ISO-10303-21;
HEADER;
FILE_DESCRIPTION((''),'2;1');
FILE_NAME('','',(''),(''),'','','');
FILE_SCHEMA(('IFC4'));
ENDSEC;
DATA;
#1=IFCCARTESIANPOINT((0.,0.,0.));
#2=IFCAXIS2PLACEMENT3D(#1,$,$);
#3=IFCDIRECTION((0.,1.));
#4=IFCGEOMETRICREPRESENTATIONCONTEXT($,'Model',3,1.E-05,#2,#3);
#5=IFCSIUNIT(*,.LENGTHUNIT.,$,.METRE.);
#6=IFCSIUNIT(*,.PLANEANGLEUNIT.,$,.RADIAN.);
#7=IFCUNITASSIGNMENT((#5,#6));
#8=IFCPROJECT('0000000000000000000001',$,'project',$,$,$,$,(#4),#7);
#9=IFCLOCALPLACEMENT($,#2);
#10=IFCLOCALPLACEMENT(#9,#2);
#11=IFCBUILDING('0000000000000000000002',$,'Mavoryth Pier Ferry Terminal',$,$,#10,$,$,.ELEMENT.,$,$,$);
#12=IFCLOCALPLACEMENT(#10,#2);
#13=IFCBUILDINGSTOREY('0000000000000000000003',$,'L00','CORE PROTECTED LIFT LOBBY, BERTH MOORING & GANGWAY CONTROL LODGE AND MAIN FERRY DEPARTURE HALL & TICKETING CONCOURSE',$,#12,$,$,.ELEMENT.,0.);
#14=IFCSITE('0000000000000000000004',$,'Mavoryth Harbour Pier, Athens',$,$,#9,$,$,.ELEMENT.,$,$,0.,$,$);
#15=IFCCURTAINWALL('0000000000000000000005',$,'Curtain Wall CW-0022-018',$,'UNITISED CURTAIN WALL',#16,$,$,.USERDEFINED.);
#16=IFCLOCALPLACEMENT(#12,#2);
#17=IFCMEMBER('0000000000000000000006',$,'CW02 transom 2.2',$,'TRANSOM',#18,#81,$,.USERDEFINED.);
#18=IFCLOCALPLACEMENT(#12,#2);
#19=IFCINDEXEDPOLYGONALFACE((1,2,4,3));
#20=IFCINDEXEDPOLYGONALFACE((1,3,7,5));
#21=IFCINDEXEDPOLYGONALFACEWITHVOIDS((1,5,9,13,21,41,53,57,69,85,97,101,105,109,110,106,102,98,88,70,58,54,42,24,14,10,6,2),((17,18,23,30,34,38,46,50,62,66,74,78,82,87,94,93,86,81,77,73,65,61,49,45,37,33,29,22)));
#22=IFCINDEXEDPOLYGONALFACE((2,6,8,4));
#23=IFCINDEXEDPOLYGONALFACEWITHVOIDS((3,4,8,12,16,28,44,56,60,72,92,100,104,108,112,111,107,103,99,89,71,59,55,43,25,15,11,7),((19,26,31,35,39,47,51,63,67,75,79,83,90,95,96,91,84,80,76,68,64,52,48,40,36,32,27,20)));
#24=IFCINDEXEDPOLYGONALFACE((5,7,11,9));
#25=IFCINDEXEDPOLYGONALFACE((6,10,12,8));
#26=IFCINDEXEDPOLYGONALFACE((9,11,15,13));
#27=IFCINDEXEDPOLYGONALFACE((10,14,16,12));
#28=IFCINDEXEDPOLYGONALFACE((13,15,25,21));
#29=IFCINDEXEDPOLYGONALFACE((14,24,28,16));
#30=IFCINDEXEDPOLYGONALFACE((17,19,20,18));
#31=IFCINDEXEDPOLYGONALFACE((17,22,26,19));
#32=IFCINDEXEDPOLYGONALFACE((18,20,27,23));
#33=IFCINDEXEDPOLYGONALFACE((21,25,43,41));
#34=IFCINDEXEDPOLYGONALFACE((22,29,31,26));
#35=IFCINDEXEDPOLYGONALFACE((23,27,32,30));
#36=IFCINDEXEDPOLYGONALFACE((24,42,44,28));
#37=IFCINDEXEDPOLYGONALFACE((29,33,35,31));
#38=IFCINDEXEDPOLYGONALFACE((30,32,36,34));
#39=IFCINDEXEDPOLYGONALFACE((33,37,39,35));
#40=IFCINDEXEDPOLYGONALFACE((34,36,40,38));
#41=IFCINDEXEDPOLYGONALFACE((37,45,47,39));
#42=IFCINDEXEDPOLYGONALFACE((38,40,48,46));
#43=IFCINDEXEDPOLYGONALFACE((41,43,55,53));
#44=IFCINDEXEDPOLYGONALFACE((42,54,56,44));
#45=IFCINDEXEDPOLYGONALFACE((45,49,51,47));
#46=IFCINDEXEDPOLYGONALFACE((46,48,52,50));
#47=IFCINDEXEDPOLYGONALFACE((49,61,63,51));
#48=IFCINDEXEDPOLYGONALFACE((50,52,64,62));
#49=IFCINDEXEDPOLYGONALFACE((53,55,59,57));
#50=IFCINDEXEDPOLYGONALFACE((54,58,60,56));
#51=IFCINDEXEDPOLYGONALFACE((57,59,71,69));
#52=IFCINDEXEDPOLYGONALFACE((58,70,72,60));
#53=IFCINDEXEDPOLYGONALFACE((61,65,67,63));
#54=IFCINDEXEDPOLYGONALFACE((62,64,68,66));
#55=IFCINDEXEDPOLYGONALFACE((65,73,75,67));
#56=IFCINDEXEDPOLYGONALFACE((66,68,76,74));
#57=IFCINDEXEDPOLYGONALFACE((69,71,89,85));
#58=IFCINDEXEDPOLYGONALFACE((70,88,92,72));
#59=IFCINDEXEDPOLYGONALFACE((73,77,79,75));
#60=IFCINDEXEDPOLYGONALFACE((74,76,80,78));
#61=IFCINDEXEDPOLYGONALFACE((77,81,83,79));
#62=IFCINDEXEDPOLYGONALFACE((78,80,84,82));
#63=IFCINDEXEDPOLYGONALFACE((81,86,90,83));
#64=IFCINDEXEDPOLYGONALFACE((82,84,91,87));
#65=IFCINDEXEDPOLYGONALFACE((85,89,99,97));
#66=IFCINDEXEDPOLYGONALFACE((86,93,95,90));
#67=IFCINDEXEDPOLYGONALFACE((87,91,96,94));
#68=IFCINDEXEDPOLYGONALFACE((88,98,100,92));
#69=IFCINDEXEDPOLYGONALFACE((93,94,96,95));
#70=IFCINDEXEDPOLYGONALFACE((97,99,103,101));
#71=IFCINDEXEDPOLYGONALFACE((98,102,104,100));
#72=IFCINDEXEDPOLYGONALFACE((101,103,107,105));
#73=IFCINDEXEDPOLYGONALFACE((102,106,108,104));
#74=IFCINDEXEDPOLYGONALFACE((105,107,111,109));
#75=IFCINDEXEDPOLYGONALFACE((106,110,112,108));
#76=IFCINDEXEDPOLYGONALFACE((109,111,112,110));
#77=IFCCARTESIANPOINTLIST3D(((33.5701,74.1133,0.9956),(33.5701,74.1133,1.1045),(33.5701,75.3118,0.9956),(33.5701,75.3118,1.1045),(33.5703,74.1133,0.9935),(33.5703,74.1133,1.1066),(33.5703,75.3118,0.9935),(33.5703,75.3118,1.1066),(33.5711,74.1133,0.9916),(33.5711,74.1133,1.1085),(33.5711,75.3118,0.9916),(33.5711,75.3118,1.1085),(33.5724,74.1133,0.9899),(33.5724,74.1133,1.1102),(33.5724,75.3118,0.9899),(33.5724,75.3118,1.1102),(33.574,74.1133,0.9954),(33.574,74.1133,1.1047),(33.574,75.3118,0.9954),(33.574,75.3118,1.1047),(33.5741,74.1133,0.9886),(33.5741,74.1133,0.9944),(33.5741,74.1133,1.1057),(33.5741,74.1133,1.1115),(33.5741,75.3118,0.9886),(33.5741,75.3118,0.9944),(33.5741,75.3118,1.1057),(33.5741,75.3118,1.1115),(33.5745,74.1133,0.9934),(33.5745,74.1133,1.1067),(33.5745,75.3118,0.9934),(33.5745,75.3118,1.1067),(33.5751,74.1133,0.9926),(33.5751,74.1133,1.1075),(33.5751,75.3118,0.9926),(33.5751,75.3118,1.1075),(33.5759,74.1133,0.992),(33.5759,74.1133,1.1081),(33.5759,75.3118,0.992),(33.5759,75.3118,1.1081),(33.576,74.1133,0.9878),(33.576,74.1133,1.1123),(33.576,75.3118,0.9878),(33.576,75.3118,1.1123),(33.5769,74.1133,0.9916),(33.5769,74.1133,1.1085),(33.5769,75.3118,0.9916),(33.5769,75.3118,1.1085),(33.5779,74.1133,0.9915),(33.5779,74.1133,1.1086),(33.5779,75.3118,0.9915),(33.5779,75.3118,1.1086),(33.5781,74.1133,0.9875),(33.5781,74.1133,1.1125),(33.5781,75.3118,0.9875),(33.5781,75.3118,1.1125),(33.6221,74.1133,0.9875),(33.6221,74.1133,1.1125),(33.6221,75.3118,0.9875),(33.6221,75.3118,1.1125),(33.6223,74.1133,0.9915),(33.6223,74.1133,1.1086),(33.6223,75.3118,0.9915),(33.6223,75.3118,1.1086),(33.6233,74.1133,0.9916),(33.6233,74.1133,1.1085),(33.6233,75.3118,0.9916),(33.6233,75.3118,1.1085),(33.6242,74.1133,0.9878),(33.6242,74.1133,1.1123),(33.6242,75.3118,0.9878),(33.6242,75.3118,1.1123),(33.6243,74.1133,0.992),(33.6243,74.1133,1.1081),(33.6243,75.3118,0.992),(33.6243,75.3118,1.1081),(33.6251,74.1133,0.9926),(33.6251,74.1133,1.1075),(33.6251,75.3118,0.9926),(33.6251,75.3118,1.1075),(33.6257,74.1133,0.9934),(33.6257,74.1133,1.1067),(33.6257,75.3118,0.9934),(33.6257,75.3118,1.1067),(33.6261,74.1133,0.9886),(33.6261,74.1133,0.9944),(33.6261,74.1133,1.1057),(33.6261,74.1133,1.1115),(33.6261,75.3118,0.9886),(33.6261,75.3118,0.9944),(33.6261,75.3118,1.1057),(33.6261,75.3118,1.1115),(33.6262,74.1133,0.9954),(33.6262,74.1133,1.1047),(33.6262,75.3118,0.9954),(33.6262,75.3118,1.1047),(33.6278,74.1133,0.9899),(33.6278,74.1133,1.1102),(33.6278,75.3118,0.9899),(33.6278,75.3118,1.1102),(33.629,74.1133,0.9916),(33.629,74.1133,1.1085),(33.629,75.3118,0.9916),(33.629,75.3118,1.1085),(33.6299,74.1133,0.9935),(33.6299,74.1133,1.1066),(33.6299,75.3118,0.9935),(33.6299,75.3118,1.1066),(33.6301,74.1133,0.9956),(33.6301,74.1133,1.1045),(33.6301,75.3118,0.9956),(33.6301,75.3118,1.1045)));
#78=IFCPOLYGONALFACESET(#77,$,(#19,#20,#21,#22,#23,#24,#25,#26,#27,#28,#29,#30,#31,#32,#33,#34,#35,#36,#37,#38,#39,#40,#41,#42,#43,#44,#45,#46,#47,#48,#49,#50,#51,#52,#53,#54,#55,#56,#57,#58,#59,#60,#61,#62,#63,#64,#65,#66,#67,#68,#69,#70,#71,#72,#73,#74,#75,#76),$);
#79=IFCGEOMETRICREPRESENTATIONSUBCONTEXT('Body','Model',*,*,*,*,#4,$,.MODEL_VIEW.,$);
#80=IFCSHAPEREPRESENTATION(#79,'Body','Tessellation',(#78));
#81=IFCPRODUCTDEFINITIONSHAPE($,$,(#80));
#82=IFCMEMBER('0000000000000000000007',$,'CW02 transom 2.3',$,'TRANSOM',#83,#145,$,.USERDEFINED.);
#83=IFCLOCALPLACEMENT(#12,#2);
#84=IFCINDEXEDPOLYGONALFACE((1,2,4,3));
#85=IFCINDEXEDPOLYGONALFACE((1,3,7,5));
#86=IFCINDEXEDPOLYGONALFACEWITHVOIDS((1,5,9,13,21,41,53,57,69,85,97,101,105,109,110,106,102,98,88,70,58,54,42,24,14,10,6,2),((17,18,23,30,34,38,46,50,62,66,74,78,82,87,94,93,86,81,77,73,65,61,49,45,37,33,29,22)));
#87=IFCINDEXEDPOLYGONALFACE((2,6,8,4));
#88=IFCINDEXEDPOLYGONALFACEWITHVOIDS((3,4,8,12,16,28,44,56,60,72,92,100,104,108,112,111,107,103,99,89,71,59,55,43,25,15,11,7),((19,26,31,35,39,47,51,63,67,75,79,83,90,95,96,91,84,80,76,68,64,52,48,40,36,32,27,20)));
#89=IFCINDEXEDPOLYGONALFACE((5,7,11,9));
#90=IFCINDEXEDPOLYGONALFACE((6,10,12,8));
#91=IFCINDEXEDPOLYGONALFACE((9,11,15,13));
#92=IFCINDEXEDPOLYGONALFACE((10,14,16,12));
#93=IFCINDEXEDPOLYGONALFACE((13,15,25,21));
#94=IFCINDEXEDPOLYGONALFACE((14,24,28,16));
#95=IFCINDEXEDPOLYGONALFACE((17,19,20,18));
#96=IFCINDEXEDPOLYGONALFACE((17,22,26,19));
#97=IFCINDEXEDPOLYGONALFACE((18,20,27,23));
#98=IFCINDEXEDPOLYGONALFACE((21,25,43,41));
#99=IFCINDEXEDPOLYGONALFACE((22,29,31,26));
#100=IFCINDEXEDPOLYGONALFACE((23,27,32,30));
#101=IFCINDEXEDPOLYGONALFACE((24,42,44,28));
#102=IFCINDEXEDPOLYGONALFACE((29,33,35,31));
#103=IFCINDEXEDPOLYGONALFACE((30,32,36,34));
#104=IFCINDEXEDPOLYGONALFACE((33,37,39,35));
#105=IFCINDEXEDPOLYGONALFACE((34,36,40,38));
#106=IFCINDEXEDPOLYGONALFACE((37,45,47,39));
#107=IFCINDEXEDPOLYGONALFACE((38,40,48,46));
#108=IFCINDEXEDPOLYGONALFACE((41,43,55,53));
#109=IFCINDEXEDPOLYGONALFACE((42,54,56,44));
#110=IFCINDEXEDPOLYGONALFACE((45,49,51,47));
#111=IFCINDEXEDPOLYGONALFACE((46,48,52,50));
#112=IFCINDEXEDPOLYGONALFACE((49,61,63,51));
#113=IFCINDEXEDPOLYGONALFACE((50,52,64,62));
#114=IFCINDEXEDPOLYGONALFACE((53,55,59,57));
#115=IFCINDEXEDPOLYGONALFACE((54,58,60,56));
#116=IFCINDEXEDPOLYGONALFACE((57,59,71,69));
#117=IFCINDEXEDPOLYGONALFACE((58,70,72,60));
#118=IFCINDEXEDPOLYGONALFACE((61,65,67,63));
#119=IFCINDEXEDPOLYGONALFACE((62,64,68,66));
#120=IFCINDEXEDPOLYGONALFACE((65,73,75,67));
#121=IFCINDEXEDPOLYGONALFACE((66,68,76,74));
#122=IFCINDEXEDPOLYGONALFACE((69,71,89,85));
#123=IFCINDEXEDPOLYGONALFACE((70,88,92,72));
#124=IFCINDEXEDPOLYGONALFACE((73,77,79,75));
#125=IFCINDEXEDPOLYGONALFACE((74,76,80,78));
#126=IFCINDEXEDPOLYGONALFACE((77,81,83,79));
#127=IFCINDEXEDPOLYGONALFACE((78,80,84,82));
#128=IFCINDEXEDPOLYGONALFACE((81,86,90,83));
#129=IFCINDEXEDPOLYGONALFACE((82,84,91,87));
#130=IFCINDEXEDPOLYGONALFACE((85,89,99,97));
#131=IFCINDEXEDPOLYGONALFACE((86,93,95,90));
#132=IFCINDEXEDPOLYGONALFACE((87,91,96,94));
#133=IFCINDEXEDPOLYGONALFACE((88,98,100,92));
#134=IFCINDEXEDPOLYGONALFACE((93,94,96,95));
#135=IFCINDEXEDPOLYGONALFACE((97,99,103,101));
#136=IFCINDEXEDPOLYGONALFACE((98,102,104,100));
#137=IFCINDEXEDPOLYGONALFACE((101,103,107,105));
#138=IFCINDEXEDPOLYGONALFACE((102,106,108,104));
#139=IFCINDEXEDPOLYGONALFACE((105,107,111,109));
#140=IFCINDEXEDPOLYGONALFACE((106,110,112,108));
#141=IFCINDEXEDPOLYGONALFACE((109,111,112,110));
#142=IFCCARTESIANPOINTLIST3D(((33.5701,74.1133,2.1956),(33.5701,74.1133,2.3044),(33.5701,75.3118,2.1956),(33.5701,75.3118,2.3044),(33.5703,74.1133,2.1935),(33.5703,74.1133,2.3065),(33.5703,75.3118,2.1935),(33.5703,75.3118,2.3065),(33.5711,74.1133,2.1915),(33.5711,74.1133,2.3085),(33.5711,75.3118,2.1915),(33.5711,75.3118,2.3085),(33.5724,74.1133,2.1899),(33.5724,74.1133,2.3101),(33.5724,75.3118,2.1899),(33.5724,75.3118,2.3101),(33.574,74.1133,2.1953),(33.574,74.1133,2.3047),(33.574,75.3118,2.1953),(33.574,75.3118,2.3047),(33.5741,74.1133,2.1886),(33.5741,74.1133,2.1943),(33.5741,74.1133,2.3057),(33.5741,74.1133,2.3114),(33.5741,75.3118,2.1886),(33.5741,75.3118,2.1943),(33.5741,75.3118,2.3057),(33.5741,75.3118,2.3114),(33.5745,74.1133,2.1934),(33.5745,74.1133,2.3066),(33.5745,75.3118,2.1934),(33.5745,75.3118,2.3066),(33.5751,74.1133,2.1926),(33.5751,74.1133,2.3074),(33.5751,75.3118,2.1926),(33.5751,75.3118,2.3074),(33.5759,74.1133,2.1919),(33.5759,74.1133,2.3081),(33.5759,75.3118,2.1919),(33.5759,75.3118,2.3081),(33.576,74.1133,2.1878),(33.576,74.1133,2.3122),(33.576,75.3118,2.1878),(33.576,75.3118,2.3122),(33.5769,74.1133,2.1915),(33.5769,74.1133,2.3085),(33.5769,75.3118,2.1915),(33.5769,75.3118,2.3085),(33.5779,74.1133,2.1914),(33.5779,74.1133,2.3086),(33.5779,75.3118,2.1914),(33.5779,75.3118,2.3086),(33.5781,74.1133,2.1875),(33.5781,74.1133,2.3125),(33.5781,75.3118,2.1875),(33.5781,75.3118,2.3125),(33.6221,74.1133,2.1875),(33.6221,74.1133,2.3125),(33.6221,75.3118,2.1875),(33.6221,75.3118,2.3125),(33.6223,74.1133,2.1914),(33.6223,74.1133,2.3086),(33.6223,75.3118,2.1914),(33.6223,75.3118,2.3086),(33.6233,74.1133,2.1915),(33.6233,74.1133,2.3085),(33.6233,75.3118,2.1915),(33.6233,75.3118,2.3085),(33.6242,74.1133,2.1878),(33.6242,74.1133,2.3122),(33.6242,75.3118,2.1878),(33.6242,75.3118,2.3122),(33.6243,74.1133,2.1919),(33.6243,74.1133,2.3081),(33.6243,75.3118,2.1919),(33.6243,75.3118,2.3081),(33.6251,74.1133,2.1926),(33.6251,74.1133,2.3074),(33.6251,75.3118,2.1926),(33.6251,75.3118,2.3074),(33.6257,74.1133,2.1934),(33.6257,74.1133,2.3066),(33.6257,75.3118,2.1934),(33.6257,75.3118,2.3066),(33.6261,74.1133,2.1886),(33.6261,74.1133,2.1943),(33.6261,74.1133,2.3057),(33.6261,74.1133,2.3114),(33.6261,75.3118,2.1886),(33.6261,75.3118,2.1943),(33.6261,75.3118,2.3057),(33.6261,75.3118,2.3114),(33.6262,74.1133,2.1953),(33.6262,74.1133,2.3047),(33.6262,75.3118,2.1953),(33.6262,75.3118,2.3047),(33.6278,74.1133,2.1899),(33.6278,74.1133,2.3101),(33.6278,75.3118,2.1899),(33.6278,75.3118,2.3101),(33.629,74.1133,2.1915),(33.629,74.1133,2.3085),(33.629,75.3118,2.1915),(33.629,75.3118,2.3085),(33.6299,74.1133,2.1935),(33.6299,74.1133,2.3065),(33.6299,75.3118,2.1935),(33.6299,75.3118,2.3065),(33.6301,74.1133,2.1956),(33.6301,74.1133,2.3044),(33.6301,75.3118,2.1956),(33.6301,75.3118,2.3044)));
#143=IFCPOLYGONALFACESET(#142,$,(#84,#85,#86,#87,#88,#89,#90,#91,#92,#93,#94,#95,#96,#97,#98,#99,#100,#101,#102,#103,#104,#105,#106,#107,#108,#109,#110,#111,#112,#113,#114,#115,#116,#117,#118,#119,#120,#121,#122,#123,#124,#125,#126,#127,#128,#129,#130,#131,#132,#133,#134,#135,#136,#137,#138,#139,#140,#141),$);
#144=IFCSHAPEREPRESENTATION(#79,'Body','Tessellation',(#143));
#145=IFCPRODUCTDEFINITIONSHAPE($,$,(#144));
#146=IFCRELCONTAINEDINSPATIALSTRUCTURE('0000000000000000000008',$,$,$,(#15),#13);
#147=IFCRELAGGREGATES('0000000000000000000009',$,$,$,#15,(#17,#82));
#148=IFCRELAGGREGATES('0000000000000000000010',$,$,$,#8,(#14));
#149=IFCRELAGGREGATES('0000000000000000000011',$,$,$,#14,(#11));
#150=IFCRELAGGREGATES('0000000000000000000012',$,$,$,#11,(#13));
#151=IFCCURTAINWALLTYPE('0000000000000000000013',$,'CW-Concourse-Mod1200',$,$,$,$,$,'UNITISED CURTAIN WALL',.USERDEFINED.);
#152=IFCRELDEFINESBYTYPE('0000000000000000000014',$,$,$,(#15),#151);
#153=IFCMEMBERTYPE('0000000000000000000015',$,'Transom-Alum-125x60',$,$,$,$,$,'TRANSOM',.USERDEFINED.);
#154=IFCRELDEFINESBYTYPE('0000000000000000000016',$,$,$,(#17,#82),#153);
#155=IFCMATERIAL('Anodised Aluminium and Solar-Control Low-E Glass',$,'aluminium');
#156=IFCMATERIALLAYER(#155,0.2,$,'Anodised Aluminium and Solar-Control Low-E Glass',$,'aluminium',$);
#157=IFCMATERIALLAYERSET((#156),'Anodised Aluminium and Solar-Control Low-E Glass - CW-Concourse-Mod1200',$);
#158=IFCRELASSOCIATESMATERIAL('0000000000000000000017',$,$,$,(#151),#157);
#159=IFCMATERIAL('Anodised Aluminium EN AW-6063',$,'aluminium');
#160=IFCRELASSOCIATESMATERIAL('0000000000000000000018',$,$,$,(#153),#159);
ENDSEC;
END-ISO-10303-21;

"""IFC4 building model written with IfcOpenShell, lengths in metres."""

from ifc_helpers import new_model, si_unit, direction, frame, origin, origin_2d, place, context, subcontext, project, spatial, hollow_rectangle, extrude, material, layer, layer_set, material_profile, profile_set, type_object, element, aggregate, save


model = new_model("IFC4")

# Units and contexts
model_context = context("Model", 3, precision=1e-05, world=origin(), true_north=direction((0.0, 1.0)))
body_context = subcontext(model_context, "Body", "Model", "MODEL_VIEW")
ifc_project = project(units=[si_unit("LENGTHUNIT", "METRE"), si_unit("PLANEANGLEUNIT", "RADIAN")], contexts=[model_context])

# Site, building, storey
site_placement = place(None, origin())
site = spatial("IfcSite", under=ifc_project, at=site_placement, Name="Mavoryth Harbour Pier, Athens", CompositionType="ELEMENT", RefElevation=0.0)
building_placement = place(site_placement, origin())
building = spatial("IfcBuilding", under=site, at=building_placement, Name="Mavoryth Pier Ferry Terminal", CompositionType="ELEMENT")
storey_placement = place(building_placement, origin())
storey = spatial("IfcBuildingStorey", under=building, at=storey_placement, Name="L00", Description="CORE PROTECTED LIFT LOBBY, BERTH MOORING & GANGWAY CONTROL LODGE AND MAIN FERRY DEPARTURE HALL & TICKETING CONCOURSE", CompositionType="ELEMENT", Elevation=0.0)

# Curtain wall, members
ifc_material_1 = material(Name="Anodised Aluminium and Solar-Control Low-E Glass", Category="aluminium")
ifc_layer_1 = layer(ifc_material_1, 0.2, Name="Anodised Aluminium and Solar-Control Low-E Glass", Category="aluminium")
ifc_layer_set_1 = layer_set([ifc_layer_1], Name="Anodised Aluminium and Solar-Control Low-E Glass - CW-Concourse-Mod1200")
curtain_wall_type = type_object("IfcCurtainWallType", Name="CW-Concourse-Mod1200", ElementType="UNITISED CURTAIN WALL", PredefinedType="USERDEFINED", material=ifc_layer_set_1)
curtain_wall_placement = place(storey_placement, origin())
curtain_wall = element("IfcCurtainWall", 1, at=curtain_wall_placement, inside=storey, type_object=curtain_wall_type, Name="Curtain Wall CW-0022-018", ObjectType="UNITISED CURTAIN WALL", PredefinedType="USERDEFINED")
ifc_material_2 = material(Name="Anodised Aluminium EN AW-6063", Category="aluminium")
ifc_material_profile_1 = material_profile(ifc_material_2, hollow_rectangle(XDim=0.0601, YDim=0.125, WallThickness=0.0039, InnerFilletRadius=0.0039, OuterFilletRadius=0.0081, at=origin_2d()), Name="AL-TRAN 125x60x4", Category="aluminium")
ifc_profile_set_1 = profile_set([ifc_material_profile_1], Name="Anodised Aluminium EN AW-6063 - AL-TRAN 125x60x4")
member_type_1 = type_object("IfcMemberType", Name="Transom-Alum-125x60", ElementType="TRANSOM", PredefinedType="USERDEFINED", material=ifc_profile_set_1)
member_1_placement = place(storey_placement, frame((33.6001, 74.1133, 1.05), z_axis=(0.0, 1.0, 0.0), x_axis=(-1.0, 0.0, 0.0)))
member_1 = element("IfcMember", 2, at=member_1_placement, type_object=member_type_1, Name="CW02 transom 2.2", ObjectType="TRANSOM", PredefinedType="USERDEFINED", context=body_context, shape_type="SweptSolid", body=[
    extrude(hollow_rectangle(XDim=0.0601, YDim=0.125, WallThickness=0.0039, InnerFilletRadius=0.0039, OuterFilletRadius=0.0081, at=origin_2d()), origin(), (0.0, 0.0, 1.0), 1.1985),
])
member_2_placement = place(storey_placement, frame((33.6001, 74.1133, 2.25), z_axis=(0.0, 1.0, 0.0), x_axis=(-1.0, 0.0, 0.0)))
member_2 = element("IfcMember", 3, at=member_2_placement, type_object=member_type_1, Name="CW02 transom 2.3", ObjectType="TRANSOM", PredefinedType="USERDEFINED", context=body_context, shape_type="SweptSolid", body=[
    extrude(hollow_rectangle(XDim=0.0601, YDim=0.125, WallThickness=0.0039, InnerFilletRadius=0.0039, OuterFilletRadius=0.0081, at=origin_2d()), origin(), (0.0, 0.0, 1.0), 1.1985),
])
aggregate(curtain_wall, [member_1, member_2])

save(model, "model.ifc")
